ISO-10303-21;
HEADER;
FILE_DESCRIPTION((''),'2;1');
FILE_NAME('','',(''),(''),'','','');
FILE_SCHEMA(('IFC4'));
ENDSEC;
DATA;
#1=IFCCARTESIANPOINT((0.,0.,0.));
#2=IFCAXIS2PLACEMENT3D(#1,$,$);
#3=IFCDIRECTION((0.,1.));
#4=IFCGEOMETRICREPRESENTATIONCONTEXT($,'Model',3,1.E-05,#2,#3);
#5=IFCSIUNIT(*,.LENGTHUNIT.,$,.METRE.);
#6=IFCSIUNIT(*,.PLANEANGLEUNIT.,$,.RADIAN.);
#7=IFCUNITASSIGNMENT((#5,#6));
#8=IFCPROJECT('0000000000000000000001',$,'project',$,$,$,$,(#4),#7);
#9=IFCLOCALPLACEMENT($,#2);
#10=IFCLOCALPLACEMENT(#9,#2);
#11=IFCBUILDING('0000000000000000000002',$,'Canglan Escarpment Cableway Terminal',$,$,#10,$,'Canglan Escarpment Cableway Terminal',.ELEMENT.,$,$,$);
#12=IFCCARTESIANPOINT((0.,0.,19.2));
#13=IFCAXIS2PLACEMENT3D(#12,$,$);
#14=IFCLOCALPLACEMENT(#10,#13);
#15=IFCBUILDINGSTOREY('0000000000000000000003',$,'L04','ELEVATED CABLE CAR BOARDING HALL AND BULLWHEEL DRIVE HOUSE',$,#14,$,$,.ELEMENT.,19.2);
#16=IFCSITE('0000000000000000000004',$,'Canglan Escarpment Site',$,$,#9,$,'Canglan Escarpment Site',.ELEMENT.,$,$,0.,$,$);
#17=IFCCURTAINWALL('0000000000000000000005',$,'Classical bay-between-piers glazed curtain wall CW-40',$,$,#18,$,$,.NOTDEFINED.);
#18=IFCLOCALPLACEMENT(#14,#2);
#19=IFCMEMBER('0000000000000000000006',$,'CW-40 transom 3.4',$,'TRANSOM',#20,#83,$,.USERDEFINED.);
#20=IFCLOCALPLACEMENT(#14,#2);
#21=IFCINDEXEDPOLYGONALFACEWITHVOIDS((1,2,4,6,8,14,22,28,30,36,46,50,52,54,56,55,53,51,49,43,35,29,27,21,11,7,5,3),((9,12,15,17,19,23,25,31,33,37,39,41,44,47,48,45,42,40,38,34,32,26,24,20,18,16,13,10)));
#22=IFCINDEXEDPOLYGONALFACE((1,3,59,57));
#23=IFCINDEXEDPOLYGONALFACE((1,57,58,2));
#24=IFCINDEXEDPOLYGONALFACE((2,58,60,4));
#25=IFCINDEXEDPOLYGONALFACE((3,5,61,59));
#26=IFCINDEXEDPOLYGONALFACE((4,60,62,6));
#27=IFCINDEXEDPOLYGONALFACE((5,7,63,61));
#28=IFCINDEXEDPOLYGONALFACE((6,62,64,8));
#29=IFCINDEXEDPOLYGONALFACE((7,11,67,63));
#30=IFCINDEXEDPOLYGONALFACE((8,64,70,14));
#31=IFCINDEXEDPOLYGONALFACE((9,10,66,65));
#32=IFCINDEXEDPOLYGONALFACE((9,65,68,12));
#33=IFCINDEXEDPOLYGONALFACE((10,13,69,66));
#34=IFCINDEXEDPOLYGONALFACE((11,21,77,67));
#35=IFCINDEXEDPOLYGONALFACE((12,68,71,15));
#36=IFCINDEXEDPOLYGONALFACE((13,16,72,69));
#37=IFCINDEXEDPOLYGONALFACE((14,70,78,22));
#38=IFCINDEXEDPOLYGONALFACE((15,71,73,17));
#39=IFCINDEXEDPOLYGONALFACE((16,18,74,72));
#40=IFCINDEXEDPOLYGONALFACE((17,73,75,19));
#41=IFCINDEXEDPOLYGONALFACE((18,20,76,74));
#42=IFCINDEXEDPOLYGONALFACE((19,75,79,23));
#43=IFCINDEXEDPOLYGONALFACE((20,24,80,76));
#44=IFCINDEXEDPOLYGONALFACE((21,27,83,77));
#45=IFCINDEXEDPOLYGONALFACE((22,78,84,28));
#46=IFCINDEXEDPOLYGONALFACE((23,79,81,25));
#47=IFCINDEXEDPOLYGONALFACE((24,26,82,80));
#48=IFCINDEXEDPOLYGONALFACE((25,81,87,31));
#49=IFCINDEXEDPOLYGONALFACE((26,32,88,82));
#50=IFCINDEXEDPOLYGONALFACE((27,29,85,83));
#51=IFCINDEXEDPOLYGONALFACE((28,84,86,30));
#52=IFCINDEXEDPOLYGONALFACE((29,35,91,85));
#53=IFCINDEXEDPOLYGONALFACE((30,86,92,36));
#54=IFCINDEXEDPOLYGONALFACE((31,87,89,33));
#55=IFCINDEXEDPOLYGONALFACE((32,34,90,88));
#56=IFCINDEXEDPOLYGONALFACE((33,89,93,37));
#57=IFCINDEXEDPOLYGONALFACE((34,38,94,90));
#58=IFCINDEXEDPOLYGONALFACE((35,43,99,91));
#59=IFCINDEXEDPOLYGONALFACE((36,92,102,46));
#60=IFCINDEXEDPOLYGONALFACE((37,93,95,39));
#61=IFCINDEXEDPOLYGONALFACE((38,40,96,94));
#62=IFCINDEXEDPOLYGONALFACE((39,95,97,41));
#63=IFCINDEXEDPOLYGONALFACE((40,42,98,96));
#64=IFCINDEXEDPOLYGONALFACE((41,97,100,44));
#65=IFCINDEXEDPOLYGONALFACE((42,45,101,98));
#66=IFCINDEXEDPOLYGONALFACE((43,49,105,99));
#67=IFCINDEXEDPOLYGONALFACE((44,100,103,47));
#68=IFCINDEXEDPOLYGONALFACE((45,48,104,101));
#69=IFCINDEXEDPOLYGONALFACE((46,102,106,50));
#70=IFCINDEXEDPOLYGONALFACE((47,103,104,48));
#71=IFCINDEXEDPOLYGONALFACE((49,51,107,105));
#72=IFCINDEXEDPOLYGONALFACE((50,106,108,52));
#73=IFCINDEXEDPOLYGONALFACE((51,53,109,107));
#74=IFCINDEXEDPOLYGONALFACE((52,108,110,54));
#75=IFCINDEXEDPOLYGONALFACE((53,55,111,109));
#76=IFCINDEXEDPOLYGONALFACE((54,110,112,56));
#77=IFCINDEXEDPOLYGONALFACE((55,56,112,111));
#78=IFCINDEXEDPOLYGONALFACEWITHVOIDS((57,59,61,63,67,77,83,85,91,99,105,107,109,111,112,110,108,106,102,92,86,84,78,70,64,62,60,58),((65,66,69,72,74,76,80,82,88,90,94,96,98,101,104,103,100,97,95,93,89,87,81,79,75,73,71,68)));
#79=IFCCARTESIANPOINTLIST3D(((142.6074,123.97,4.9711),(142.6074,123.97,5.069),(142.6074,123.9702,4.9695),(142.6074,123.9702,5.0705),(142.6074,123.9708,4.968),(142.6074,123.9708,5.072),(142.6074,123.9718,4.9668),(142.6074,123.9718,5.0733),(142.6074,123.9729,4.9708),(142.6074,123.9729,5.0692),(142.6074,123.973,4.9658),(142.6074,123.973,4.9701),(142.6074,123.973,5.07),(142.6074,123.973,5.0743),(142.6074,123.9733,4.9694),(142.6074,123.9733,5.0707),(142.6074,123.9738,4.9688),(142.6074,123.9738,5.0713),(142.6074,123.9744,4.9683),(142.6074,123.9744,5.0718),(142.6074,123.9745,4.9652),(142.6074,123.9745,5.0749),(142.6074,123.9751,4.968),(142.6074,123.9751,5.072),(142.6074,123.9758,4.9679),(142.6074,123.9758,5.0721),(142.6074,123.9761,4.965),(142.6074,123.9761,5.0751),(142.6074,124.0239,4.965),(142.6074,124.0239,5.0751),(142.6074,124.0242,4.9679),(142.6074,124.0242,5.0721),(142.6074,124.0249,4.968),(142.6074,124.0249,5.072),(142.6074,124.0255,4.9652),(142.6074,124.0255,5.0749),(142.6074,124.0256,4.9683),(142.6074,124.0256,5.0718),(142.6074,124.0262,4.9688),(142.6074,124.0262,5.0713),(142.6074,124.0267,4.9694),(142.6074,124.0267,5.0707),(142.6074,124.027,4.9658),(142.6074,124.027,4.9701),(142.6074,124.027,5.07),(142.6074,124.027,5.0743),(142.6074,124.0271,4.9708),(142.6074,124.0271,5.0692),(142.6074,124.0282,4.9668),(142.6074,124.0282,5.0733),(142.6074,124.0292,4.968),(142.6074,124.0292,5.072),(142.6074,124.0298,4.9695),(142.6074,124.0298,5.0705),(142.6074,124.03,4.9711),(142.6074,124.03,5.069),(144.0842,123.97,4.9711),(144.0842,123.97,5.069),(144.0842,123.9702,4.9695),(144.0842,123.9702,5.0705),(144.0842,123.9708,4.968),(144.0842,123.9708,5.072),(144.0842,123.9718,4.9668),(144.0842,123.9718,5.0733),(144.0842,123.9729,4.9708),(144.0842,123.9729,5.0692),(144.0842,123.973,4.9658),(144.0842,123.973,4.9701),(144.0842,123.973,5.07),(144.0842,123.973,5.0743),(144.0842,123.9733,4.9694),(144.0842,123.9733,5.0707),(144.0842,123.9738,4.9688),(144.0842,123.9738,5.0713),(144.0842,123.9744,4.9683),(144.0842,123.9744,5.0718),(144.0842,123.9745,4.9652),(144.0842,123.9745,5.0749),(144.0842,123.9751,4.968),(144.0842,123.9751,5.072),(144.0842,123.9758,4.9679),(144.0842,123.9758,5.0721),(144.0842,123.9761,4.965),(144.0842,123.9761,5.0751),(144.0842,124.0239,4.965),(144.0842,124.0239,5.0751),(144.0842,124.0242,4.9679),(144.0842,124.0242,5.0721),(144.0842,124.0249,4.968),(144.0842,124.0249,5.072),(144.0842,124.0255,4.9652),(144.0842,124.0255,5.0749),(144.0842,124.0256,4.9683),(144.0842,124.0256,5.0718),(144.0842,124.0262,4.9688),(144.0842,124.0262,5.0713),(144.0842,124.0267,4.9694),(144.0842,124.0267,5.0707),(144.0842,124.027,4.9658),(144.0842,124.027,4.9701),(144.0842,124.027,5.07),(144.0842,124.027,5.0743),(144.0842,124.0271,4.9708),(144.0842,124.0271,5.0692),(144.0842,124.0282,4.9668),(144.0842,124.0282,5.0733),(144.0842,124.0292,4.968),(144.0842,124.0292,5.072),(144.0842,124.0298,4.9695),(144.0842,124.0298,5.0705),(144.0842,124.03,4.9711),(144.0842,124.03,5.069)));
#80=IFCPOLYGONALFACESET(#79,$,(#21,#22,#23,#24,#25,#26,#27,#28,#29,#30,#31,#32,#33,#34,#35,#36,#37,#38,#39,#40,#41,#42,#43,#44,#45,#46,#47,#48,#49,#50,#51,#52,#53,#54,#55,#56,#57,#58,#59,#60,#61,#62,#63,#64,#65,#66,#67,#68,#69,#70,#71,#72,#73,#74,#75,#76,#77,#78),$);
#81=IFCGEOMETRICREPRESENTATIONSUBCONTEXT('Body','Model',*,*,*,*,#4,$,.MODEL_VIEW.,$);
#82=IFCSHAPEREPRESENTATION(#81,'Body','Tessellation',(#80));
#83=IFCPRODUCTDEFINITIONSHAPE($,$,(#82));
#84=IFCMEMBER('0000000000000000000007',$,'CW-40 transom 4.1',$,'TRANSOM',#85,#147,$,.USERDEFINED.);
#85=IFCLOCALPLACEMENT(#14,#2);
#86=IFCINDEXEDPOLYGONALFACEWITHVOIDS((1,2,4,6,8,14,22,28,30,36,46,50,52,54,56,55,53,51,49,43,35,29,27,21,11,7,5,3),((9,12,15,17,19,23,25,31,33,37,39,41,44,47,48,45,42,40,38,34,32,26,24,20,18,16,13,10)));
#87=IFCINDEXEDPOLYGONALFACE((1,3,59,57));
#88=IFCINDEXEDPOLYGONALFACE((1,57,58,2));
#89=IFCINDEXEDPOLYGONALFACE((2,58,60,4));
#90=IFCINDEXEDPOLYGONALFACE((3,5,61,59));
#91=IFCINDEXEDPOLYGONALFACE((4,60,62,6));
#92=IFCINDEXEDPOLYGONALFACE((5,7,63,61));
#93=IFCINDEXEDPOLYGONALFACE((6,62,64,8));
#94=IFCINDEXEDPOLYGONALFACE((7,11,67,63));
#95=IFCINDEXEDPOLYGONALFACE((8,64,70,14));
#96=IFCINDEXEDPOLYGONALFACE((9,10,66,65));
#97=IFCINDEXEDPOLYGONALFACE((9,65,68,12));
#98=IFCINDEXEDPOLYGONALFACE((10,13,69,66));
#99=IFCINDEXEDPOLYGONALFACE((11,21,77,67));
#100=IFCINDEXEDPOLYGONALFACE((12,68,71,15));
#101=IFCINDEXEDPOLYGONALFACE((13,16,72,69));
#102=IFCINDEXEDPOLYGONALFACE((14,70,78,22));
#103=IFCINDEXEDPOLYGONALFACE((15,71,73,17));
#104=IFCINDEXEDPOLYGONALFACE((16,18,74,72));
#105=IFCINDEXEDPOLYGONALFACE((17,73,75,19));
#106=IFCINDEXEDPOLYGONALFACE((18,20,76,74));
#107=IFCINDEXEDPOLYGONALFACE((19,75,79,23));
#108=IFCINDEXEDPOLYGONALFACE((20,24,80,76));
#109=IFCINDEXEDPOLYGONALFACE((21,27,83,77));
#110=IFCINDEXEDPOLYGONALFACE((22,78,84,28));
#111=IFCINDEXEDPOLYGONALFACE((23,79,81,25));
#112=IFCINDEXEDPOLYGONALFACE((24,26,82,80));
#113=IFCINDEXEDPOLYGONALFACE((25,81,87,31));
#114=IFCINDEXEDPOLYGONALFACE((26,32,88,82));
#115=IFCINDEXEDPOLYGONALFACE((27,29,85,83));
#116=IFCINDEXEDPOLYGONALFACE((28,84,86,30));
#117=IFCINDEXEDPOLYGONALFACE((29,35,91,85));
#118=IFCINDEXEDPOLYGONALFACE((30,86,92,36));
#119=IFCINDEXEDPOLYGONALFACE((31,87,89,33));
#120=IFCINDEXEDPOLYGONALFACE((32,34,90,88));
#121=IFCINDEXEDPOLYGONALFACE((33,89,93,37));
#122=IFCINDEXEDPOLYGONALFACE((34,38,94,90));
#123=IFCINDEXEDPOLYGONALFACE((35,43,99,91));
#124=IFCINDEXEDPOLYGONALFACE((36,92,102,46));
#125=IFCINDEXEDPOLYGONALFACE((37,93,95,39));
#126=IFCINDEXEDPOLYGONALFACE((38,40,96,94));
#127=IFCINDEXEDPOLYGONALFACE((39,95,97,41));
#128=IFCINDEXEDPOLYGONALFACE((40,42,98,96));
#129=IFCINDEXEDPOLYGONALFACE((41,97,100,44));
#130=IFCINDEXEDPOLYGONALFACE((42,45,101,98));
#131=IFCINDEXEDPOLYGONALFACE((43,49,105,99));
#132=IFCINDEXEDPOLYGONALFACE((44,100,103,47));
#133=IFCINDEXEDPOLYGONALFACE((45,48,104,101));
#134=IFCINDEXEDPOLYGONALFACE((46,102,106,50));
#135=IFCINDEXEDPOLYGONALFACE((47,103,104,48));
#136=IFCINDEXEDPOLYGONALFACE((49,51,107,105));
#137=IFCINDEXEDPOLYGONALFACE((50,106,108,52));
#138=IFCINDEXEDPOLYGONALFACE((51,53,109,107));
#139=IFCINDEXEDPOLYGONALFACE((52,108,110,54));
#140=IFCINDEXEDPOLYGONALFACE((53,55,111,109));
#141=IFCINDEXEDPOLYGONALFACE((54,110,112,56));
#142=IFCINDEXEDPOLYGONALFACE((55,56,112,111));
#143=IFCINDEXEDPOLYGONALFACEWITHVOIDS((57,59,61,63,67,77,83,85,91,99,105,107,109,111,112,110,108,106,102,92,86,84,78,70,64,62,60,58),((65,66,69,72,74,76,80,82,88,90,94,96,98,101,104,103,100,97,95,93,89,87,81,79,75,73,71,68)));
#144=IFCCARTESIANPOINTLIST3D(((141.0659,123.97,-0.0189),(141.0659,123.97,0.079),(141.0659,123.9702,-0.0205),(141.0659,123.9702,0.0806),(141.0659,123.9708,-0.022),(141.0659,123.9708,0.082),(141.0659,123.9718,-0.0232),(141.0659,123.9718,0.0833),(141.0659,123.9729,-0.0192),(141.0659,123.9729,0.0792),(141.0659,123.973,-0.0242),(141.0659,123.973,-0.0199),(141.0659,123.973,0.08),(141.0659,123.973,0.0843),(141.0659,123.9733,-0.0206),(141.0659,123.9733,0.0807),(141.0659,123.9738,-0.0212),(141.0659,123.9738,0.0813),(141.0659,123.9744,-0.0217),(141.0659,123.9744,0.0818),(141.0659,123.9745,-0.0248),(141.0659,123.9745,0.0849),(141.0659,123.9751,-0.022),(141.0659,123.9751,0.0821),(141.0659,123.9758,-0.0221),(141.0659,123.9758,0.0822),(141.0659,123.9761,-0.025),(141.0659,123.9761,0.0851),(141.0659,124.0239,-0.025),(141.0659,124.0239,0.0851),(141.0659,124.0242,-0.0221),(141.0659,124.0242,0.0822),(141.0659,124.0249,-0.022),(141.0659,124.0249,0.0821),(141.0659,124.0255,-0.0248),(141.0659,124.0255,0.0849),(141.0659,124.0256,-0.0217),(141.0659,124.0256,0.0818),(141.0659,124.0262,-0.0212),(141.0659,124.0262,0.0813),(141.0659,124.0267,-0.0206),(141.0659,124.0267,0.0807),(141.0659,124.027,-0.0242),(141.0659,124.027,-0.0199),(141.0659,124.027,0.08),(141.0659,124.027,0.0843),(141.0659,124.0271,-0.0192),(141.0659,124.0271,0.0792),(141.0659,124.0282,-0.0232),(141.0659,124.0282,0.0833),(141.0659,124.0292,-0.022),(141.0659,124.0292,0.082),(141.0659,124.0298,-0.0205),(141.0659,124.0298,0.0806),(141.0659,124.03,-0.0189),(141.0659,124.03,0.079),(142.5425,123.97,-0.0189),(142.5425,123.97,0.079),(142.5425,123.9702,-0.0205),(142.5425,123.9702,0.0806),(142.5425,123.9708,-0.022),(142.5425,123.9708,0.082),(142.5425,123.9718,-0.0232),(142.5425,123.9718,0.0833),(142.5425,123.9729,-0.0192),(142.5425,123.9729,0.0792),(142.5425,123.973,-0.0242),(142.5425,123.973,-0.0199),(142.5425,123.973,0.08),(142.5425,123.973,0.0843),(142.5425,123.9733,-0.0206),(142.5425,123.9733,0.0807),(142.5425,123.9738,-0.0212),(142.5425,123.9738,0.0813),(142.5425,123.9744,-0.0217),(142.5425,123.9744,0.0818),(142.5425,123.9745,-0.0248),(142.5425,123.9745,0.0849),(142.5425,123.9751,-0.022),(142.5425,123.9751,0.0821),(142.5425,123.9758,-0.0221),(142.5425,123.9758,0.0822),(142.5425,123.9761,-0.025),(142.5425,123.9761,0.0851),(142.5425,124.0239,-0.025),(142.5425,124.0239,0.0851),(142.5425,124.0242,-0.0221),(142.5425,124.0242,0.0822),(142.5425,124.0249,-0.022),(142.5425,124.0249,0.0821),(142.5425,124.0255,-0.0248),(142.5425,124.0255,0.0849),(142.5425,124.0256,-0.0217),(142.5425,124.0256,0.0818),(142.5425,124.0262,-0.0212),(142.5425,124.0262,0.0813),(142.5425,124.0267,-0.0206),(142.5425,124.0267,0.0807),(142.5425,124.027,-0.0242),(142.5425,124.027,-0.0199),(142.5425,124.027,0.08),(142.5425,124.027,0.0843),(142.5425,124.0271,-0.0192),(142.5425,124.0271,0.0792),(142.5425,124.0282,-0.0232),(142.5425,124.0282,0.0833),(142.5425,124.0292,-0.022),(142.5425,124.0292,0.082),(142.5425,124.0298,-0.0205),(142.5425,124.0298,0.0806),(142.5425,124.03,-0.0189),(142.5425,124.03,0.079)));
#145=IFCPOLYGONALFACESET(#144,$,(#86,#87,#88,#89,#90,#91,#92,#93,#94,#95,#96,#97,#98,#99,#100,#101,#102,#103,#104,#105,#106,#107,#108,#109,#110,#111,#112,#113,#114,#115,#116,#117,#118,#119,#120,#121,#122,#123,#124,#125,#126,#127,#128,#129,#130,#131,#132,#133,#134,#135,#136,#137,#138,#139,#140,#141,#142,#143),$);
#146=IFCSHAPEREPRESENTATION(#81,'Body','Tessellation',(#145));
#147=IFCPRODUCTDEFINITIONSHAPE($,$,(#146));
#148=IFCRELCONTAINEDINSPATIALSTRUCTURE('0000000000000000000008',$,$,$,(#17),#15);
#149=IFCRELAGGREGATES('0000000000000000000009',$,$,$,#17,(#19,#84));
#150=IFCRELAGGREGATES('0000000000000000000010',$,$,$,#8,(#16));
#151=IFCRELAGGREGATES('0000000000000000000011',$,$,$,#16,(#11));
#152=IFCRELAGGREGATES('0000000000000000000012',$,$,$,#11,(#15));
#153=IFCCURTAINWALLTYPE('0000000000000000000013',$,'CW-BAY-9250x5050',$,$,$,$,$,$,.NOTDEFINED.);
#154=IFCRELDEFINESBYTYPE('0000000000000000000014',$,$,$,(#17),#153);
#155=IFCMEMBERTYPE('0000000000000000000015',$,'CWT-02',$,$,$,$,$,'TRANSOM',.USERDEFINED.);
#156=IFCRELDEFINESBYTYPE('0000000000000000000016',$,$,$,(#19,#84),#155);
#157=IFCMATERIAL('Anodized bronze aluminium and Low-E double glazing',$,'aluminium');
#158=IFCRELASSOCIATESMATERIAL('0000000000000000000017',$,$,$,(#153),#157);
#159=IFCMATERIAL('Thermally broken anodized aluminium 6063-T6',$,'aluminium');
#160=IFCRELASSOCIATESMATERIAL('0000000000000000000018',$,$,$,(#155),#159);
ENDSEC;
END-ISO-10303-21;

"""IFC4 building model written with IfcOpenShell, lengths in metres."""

from ifc_helpers import new_model, si_unit, direction, frame, origin, origin_2d, place, context, subcontext, project, spatial, hollow_rectangle, extrude, material, material_profile, profile_set, type_object, element, aggregate, save


model = new_model("IFC4")

# Units and contexts
model_context = context("Model", 3, precision=1e-05, world=origin(), true_north=direction((0.0, 1.0)))
body_context = subcontext(model_context, "Body", "Model", "MODEL_VIEW")
ifc_project = project(units=[si_unit("LENGTHUNIT", "METRE"), si_unit("PLANEANGLEUNIT", "RADIAN")], contexts=[model_context])

# Site, building, storey
site_placement = place(None, origin())
site = spatial("IfcSite", under=ifc_project, at=site_placement, Name="Canglan Escarpment Site", LongName="Canglan Escarpment Site", CompositionType="ELEMENT", RefElevation=0.0)
building_placement = place(site_placement, origin())
building = spatial("IfcBuilding", under=site, at=building_placement, Name="Canglan Escarpment Cableway Terminal", LongName="Canglan Escarpment Cableway Terminal", CompositionType="ELEMENT")
storey_placement = place(building_placement, frame((0.0, 0.0, 19.2)))
storey = spatial("IfcBuildingStorey", under=building, at=storey_placement, Name="L04", Description="ELEVATED CABLE CAR BOARDING HALL AND BULLWHEEL DRIVE HOUSE", CompositionType="ELEMENT", Elevation=19.2)

# Curtain wall, members
ifc_material_1 = material(Name="Anodized bronze aluminium and Low-E double glazing", Category="aluminium")
curtain_wall_type = type_object("IfcCurtainWallType", Name="CW-BAY-9250x5050", PredefinedType="NOTDEFINED", material=ifc_material_1)
curtain_wall_placement = place(storey_placement, origin())
curtain_wall = element("IfcCurtainWall", 1, at=curtain_wall_placement, inside=storey, type_object=curtain_wall_type, Name="Classical bay-between-piers glazed curtain wall CW-40", PredefinedType="NOTDEFINED")
ifc_material_2 = material(Name="Thermally broken anodized aluminium 6063-T6", Category="aluminium")
ifc_material_profile_1 = material_profile(ifc_material_2, hollow_rectangle(XDim=0.0601, YDim=0.1101, WallThickness=0.0029, InnerFilletRadius=0.0029, OuterFilletRadius=0.0061, at=origin_2d()), Name="ALU-TRAN 60x110x3")
ifc_profile_set_1 = profile_set([ifc_material_profile_1], Name="Thermally broken anodized aluminium 6063-T6")
member_type_1 = type_object("IfcMemberType", Name="CWT-02", ElementType="TRANSOM", PredefinedType="USERDEFINED", material=ifc_profile_set_1)
member_1_placement = place(storey_placement, frame((144.0842, 124.0, 5.02), z_axis=(-1.0, 0.0, 0.0), x_axis=(0.0, -1.0, 0.0)))
member_1 = element("IfcMember", 2, at=member_1_placement, type_object=member_type_1, Name="CW-40 transom 3.4", ObjectType="TRANSOM", PredefinedType="USERDEFINED", context=body_context, shape_type="SweptSolid", body=[
    extrude(hollow_rectangle(XDim=0.0601, YDim=0.1101, WallThickness=0.0029, InnerFilletRadius=0.0029, OuterFilletRadius=0.0061, at=origin_2d()), origin(), (0.0, 0.0, 1.0), 1.4768),
])
member_2_placement = place(storey_placement, frame((142.5425, 124.0, 0.03), z_axis=(-1.0, 0.0, 0.0), x_axis=(0.0, -1.0, 0.0)))
member_2 = element("IfcMember", 3, at=member_2_placement, type_object=member_type_1, Name="CW-40 transom 4.1", ObjectType="TRANSOM", PredefinedType="USERDEFINED", context=body_context, shape_type="SweptSolid", body=[
    extrude(hollow_rectangle(XDim=0.0601, YDim=0.1101, WallThickness=0.0029, InnerFilletRadius=0.0029, OuterFilletRadius=0.0061, at=origin_2d()), origin(), (0.0, 0.0, 1.0), 1.4766),
])
aggregate(curtain_wall, [member_1, member_2])

save(model, "model.ifc")
